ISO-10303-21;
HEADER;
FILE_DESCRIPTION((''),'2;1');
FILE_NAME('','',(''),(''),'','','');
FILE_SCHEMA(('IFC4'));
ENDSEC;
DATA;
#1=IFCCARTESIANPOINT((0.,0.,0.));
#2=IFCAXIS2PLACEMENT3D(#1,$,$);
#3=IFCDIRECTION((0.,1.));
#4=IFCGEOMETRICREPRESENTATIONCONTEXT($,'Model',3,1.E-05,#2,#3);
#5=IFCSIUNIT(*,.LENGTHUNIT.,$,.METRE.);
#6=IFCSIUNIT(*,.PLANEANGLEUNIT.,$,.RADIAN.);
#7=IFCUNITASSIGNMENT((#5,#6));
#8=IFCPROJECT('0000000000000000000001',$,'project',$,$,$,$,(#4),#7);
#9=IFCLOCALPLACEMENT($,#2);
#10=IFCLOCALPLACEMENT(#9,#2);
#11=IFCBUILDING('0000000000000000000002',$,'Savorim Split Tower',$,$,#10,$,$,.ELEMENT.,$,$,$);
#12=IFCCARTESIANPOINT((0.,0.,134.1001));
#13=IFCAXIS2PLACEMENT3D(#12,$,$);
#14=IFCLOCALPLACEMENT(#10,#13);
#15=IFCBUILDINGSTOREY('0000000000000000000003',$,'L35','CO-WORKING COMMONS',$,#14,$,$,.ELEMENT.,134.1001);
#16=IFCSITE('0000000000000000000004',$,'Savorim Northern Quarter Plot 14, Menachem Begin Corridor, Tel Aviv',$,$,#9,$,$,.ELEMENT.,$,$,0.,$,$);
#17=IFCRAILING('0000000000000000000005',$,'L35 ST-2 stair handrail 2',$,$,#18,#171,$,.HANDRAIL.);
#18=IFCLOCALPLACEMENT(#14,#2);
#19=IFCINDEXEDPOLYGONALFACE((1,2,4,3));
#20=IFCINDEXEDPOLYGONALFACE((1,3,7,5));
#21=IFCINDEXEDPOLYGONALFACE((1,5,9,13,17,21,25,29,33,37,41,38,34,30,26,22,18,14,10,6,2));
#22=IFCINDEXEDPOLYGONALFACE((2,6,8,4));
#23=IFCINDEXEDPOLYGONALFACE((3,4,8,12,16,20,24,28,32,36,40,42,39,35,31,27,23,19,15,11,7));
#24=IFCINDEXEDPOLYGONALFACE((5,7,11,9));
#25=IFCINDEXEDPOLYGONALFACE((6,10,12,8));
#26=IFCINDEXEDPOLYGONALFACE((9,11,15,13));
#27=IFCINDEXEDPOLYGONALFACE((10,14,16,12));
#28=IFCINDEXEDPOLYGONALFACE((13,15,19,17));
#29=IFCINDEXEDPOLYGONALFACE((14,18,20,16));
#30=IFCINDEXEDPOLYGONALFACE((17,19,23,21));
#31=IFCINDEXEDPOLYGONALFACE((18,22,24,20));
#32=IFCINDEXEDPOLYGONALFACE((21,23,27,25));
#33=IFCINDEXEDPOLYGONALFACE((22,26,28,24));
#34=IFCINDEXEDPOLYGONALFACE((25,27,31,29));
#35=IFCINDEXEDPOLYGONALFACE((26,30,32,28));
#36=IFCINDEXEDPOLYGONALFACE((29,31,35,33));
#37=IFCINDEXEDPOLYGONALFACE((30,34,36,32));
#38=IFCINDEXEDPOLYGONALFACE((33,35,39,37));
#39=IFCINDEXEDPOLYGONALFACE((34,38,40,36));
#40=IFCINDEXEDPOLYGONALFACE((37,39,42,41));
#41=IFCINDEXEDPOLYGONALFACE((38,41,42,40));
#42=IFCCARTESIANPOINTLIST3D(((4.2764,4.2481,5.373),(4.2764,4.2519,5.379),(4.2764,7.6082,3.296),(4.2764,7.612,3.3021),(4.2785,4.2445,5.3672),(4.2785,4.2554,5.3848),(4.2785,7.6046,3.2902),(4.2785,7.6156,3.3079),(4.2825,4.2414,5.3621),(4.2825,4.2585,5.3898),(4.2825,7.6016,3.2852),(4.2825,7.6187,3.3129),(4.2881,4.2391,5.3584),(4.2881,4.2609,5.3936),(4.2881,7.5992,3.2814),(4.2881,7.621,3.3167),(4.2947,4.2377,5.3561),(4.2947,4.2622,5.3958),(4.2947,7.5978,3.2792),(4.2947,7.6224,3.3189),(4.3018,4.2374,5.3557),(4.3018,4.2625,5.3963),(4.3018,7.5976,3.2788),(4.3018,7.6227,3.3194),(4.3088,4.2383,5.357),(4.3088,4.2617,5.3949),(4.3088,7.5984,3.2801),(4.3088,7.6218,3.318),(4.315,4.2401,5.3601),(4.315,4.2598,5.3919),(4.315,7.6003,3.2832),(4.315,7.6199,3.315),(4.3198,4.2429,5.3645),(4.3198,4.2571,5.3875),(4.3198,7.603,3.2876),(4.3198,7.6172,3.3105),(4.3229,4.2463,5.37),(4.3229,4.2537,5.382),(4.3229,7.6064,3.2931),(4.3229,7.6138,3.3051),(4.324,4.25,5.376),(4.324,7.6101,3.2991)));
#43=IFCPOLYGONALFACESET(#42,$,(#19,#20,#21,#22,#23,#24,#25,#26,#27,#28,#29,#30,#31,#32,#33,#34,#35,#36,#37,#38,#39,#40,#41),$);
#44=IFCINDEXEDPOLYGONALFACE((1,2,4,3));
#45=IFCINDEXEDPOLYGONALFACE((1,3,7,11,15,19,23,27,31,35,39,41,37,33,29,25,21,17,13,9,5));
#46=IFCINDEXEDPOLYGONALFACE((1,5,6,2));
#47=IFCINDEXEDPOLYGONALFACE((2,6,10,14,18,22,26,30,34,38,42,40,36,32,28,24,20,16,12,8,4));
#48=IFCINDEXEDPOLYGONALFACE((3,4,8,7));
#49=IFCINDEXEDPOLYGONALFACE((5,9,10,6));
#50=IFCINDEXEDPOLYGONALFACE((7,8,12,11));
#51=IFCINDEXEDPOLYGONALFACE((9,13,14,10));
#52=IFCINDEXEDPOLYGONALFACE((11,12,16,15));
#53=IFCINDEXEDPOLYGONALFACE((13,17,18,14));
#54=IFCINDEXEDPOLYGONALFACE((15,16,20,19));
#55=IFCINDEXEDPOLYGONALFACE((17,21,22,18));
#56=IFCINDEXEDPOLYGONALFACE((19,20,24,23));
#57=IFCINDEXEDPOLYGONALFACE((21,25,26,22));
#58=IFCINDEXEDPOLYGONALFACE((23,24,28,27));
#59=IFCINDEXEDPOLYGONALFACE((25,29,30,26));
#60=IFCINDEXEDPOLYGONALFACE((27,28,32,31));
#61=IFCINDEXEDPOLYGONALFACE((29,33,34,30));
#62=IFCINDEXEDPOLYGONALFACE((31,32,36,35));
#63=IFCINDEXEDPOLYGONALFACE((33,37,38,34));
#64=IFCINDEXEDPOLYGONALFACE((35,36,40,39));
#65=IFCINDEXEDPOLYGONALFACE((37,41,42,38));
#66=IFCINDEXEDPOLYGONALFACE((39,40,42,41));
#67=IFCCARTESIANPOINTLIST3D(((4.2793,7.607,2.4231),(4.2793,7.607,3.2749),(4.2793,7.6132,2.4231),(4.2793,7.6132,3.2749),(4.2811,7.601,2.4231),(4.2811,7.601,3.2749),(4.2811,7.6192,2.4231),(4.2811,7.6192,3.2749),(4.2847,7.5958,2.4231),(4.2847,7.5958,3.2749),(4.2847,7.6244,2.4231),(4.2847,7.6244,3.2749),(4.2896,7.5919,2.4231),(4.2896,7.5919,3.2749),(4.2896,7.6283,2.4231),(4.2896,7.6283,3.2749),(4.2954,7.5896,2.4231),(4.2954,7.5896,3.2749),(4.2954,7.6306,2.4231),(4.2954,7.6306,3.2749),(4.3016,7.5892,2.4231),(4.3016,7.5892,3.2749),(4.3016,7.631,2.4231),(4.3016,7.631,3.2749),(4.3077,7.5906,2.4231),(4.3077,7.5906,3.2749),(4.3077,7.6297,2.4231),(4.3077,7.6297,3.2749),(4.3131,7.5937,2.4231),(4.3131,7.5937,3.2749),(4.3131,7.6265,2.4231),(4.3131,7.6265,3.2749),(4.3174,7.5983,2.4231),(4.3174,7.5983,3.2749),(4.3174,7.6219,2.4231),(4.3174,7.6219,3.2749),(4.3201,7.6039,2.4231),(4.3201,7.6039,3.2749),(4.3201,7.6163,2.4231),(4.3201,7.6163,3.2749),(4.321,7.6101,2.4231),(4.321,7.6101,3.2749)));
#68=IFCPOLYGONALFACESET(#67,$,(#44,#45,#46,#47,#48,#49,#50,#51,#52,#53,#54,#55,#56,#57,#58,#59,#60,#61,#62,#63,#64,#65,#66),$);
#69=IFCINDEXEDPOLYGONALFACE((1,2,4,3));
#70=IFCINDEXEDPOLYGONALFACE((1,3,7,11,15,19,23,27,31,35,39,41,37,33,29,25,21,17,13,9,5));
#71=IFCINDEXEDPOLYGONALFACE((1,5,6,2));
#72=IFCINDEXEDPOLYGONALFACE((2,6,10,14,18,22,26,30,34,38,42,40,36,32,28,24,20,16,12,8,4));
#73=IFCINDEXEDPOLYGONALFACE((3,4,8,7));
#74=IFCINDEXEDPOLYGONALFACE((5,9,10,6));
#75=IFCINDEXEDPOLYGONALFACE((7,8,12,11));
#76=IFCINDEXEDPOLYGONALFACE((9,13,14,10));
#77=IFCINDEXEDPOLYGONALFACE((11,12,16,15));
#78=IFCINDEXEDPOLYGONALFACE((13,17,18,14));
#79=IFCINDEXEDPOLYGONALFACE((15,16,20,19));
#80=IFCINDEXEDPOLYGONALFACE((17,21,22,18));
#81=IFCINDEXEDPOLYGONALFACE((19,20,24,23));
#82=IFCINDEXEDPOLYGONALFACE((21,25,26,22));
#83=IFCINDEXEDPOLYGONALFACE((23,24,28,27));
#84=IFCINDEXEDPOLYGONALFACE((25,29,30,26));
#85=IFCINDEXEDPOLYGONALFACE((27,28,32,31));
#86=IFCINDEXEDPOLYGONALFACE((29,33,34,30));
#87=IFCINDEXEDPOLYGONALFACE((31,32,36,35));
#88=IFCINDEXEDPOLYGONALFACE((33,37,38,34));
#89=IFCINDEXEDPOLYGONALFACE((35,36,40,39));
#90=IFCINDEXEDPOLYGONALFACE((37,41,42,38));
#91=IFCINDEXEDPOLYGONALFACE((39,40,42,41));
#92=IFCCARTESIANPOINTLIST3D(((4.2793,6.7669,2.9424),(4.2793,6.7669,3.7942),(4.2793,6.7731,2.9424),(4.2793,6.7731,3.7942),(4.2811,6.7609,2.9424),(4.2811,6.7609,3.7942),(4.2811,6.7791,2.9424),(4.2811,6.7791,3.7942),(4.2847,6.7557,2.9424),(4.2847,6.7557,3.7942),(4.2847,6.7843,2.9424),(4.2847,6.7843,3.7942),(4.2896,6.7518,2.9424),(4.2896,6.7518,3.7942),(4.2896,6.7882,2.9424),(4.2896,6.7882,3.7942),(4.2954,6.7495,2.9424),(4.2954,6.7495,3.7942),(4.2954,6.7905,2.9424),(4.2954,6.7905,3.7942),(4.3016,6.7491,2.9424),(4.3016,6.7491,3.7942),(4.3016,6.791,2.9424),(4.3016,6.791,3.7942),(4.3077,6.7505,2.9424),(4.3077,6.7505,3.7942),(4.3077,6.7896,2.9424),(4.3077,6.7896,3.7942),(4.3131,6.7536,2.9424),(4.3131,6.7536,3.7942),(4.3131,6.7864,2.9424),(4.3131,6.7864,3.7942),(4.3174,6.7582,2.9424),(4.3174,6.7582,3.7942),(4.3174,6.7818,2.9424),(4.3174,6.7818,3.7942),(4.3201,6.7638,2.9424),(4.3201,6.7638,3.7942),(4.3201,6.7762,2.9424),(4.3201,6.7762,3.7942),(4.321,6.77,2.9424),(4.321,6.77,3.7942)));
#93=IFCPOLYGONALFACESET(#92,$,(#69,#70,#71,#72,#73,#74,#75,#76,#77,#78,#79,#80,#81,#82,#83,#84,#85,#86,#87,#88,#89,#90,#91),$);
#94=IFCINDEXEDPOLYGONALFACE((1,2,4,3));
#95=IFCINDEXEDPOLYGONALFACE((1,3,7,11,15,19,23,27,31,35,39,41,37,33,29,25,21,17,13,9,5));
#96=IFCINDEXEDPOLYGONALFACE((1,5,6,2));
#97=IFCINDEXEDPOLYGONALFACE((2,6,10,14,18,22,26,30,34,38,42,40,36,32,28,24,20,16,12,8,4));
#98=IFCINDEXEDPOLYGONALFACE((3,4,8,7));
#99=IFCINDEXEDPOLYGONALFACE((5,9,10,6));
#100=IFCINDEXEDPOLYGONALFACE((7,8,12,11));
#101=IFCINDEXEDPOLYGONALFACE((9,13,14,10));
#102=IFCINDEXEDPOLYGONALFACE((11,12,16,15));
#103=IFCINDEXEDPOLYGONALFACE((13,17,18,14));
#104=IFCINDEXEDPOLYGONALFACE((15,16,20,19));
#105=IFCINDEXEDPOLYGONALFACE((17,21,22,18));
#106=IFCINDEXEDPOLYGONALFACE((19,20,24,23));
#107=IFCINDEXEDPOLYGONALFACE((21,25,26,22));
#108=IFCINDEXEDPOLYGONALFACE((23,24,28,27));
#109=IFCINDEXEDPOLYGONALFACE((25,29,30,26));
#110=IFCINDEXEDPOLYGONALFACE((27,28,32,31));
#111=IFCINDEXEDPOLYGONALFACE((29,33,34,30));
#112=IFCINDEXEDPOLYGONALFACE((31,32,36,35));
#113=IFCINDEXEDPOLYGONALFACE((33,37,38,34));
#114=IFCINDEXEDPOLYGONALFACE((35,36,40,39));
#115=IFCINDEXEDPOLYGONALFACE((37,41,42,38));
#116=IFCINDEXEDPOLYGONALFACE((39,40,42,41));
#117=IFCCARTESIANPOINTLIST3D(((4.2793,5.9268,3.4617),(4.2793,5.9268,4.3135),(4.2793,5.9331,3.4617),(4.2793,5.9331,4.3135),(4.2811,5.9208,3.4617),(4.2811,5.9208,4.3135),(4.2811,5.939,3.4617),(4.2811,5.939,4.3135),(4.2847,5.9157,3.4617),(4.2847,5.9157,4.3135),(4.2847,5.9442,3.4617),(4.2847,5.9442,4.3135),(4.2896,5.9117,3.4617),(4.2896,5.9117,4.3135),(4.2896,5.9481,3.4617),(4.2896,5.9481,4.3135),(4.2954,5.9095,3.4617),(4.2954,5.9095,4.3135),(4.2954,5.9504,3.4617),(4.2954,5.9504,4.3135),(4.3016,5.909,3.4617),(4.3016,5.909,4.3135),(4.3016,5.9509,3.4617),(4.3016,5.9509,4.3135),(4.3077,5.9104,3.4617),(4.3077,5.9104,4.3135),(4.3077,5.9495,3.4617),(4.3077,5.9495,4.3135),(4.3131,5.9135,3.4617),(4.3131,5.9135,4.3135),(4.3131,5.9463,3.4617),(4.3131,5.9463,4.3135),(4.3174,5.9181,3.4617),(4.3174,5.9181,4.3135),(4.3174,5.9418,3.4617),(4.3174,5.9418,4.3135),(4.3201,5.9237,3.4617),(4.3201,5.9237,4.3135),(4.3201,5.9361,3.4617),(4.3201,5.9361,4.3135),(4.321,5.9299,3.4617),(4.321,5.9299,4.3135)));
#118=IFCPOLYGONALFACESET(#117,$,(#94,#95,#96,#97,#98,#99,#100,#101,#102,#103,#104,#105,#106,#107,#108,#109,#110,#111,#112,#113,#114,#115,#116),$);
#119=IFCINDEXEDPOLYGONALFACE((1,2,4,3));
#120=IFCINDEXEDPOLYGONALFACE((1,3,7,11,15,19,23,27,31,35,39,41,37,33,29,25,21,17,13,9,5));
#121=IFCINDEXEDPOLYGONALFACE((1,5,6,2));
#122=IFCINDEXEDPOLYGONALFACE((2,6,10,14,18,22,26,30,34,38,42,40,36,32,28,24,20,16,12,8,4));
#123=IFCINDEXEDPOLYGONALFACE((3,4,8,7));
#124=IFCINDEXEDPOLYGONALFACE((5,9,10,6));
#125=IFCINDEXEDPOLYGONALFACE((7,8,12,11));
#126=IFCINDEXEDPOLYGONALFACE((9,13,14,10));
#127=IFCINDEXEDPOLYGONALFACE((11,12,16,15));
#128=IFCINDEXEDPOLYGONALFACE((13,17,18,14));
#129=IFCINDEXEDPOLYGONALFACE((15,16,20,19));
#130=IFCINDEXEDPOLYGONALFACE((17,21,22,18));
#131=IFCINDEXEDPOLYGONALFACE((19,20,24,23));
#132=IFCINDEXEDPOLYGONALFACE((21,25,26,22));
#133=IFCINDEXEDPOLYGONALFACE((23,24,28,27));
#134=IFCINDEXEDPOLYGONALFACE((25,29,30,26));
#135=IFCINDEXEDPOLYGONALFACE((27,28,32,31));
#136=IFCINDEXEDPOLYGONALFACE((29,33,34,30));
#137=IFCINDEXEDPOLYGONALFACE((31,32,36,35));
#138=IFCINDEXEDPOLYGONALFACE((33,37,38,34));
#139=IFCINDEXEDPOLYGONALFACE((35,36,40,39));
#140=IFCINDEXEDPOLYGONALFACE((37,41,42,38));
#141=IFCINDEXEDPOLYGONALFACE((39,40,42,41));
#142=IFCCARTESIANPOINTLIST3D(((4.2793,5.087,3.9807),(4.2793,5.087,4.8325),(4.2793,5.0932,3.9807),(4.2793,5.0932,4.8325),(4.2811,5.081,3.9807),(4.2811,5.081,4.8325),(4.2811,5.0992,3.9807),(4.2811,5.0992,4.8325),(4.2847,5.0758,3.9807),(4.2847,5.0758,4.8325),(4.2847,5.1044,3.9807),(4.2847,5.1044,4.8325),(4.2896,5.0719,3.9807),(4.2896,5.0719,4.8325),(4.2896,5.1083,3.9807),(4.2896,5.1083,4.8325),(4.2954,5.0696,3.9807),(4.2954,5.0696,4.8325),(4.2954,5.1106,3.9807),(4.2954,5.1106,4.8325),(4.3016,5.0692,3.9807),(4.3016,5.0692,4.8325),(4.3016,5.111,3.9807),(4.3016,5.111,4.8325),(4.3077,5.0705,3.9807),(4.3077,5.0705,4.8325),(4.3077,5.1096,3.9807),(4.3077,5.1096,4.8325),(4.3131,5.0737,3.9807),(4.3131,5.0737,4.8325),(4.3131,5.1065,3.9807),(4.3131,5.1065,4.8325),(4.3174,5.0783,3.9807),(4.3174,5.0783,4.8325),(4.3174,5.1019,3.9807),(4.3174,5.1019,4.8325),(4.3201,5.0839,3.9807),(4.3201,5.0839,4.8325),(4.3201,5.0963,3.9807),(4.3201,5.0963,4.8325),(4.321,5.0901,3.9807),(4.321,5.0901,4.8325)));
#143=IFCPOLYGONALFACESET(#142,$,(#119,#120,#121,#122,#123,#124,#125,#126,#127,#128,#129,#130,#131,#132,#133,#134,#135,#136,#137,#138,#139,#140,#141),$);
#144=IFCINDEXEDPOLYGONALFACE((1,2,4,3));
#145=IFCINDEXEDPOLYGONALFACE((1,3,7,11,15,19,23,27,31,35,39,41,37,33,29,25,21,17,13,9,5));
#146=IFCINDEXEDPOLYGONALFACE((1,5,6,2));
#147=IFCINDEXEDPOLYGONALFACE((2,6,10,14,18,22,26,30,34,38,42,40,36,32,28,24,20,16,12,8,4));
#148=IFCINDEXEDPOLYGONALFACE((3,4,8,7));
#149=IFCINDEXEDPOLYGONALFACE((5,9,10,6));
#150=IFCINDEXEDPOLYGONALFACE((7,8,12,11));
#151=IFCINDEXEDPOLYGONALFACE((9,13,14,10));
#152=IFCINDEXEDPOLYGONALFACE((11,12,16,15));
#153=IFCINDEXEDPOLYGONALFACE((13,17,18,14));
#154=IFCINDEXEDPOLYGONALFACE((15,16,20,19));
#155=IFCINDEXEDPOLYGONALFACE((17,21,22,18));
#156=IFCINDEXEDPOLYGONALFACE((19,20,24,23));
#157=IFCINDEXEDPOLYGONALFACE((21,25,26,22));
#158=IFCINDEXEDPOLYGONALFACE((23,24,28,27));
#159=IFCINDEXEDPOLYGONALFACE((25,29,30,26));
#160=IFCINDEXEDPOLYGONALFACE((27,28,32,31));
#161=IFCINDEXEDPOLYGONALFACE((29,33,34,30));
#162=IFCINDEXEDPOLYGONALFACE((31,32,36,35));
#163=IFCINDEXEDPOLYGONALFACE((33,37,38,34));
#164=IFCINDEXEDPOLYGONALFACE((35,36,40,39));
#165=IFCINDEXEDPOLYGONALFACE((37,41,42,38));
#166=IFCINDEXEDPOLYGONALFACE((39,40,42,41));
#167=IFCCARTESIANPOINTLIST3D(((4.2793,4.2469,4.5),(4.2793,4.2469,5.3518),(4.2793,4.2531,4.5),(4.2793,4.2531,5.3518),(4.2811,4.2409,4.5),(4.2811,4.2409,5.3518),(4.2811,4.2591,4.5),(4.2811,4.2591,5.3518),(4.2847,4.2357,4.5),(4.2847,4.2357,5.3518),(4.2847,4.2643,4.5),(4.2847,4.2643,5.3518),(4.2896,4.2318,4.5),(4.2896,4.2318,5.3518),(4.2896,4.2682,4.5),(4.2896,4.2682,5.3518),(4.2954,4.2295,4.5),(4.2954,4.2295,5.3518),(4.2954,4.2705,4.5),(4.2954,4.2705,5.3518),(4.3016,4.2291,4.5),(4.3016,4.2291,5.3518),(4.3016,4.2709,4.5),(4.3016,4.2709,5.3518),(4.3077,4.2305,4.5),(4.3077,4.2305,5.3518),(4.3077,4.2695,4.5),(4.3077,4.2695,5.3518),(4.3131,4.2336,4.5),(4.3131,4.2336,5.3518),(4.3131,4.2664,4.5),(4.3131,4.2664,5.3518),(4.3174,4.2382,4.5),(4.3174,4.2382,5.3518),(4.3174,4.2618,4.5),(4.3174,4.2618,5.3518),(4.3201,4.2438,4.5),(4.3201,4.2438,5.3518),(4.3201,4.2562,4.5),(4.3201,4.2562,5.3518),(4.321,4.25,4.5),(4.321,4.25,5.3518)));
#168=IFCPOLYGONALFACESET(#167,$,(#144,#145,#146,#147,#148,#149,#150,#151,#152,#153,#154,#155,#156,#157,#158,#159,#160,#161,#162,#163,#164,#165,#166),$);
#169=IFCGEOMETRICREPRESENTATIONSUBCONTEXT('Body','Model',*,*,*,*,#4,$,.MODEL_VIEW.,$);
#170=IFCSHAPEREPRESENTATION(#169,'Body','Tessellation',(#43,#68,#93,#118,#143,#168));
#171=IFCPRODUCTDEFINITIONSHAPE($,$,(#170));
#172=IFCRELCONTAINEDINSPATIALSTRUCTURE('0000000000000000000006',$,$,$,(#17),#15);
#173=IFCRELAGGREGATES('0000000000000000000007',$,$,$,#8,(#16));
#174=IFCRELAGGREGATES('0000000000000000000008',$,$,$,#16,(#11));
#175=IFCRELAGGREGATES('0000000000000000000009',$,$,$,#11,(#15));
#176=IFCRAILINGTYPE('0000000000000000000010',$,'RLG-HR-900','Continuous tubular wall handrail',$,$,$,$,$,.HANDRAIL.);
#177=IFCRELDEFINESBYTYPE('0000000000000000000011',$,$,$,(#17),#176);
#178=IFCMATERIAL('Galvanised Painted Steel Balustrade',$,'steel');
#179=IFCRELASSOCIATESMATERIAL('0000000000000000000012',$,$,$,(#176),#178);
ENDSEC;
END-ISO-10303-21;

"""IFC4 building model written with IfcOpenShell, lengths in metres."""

from ifc_helpers import new_model, si_unit, direction, frame, origin, origin_2d, place, context, subcontext, project, spatial, circle, extrude, material, type_object, element, save


model = new_model("IFC4")

# Units and contexts
model_context = context("Model", 3, precision=1e-05, world=origin(), true_north=direction((0.0, 1.0)))
body_context = subcontext(model_context, "Body", "Model", "MODEL_VIEW")
ifc_project = project(units=[si_unit("LENGTHUNIT", "METRE"), si_unit("PLANEANGLEUNIT", "RADIAN")], contexts=[model_context])

# Site, building, storey
site_placement = place(None, origin())
site = spatial("IfcSite", under=ifc_project, at=site_placement, Name="Savorim Northern Quarter Plot 14, Menachem Begin Corridor, Tel Aviv", CompositionType="ELEMENT", RefElevation=0.0)
building_placement = place(site_placement, origin())
building = spatial("IfcBuilding", under=site, at=building_placement, Name="Savorim Split Tower", CompositionType="ELEMENT")
storey_placement = place(building_placement, frame((0.0, 0.0, 134.1001)))
storey = spatial("IfcBuildingStorey", under=building, at=storey_placement, Name="L35", Description="CO-WORKING COMMONS", CompositionType="ELEMENT", Elevation=134.1001)

# Railing
ifc_material_1 = material(Name="Galvanised Painted Steel Balustrade", Category="steel")
railing_type_1 = type_object("IfcRailingType", Name="RLG-HR-900", Description="Continuous tubular wall handrail", PredefinedType="HANDRAIL", material=ifc_material_1)
railing_1_placement = place(storey_placement, frame((4.3, 7.6101, 2.4231)))
element("IfcRailing", 1, at=railing_1_placement, inside=storey, type_object=railing_type_1, Name="L35 ST-2 stair handrail 2", PredefinedType="HANDRAIL", context=body_context, shape_type="SweptSolid", body=[
    extrude(circle(Radius=0.0239, at=origin_2d()), frame((0.0, 0.0, 0.876), z_axis=(0.0, -0.850623, 0.525776), x_axis=(1.0, 0.0, 0.0)), (0.0, 0.0, 1.0), 3.9502),
    extrude(circle(Radius=0.021, at=origin_2d()), origin(), (0.0, 0.0, 1.0), 0.8518),
    extrude(circle(Radius=0.021, at=origin_2d()), frame((0.0, -0.8401, 0.5193)), (0.0, 0.0, 1.0), 0.8518),
    extrude(circle(Radius=0.021, at=origin_2d()), frame((0.0, -1.6802, 1.0386)), (0.0, 0.0, 1.0), 0.8518),
    extrude(circle(Radius=0.021, at=origin_2d()), frame((0.0, -2.52, 1.5576)), (0.0, 0.0, 1.0), 0.8518),
    extrude(circle(Radius=0.021, at=origin_2d()), frame((0.0, -3.3601, 2.0769)), (0.0, 0.0, 1.0), 0.8518),
])

save(model, "model.ifc")
